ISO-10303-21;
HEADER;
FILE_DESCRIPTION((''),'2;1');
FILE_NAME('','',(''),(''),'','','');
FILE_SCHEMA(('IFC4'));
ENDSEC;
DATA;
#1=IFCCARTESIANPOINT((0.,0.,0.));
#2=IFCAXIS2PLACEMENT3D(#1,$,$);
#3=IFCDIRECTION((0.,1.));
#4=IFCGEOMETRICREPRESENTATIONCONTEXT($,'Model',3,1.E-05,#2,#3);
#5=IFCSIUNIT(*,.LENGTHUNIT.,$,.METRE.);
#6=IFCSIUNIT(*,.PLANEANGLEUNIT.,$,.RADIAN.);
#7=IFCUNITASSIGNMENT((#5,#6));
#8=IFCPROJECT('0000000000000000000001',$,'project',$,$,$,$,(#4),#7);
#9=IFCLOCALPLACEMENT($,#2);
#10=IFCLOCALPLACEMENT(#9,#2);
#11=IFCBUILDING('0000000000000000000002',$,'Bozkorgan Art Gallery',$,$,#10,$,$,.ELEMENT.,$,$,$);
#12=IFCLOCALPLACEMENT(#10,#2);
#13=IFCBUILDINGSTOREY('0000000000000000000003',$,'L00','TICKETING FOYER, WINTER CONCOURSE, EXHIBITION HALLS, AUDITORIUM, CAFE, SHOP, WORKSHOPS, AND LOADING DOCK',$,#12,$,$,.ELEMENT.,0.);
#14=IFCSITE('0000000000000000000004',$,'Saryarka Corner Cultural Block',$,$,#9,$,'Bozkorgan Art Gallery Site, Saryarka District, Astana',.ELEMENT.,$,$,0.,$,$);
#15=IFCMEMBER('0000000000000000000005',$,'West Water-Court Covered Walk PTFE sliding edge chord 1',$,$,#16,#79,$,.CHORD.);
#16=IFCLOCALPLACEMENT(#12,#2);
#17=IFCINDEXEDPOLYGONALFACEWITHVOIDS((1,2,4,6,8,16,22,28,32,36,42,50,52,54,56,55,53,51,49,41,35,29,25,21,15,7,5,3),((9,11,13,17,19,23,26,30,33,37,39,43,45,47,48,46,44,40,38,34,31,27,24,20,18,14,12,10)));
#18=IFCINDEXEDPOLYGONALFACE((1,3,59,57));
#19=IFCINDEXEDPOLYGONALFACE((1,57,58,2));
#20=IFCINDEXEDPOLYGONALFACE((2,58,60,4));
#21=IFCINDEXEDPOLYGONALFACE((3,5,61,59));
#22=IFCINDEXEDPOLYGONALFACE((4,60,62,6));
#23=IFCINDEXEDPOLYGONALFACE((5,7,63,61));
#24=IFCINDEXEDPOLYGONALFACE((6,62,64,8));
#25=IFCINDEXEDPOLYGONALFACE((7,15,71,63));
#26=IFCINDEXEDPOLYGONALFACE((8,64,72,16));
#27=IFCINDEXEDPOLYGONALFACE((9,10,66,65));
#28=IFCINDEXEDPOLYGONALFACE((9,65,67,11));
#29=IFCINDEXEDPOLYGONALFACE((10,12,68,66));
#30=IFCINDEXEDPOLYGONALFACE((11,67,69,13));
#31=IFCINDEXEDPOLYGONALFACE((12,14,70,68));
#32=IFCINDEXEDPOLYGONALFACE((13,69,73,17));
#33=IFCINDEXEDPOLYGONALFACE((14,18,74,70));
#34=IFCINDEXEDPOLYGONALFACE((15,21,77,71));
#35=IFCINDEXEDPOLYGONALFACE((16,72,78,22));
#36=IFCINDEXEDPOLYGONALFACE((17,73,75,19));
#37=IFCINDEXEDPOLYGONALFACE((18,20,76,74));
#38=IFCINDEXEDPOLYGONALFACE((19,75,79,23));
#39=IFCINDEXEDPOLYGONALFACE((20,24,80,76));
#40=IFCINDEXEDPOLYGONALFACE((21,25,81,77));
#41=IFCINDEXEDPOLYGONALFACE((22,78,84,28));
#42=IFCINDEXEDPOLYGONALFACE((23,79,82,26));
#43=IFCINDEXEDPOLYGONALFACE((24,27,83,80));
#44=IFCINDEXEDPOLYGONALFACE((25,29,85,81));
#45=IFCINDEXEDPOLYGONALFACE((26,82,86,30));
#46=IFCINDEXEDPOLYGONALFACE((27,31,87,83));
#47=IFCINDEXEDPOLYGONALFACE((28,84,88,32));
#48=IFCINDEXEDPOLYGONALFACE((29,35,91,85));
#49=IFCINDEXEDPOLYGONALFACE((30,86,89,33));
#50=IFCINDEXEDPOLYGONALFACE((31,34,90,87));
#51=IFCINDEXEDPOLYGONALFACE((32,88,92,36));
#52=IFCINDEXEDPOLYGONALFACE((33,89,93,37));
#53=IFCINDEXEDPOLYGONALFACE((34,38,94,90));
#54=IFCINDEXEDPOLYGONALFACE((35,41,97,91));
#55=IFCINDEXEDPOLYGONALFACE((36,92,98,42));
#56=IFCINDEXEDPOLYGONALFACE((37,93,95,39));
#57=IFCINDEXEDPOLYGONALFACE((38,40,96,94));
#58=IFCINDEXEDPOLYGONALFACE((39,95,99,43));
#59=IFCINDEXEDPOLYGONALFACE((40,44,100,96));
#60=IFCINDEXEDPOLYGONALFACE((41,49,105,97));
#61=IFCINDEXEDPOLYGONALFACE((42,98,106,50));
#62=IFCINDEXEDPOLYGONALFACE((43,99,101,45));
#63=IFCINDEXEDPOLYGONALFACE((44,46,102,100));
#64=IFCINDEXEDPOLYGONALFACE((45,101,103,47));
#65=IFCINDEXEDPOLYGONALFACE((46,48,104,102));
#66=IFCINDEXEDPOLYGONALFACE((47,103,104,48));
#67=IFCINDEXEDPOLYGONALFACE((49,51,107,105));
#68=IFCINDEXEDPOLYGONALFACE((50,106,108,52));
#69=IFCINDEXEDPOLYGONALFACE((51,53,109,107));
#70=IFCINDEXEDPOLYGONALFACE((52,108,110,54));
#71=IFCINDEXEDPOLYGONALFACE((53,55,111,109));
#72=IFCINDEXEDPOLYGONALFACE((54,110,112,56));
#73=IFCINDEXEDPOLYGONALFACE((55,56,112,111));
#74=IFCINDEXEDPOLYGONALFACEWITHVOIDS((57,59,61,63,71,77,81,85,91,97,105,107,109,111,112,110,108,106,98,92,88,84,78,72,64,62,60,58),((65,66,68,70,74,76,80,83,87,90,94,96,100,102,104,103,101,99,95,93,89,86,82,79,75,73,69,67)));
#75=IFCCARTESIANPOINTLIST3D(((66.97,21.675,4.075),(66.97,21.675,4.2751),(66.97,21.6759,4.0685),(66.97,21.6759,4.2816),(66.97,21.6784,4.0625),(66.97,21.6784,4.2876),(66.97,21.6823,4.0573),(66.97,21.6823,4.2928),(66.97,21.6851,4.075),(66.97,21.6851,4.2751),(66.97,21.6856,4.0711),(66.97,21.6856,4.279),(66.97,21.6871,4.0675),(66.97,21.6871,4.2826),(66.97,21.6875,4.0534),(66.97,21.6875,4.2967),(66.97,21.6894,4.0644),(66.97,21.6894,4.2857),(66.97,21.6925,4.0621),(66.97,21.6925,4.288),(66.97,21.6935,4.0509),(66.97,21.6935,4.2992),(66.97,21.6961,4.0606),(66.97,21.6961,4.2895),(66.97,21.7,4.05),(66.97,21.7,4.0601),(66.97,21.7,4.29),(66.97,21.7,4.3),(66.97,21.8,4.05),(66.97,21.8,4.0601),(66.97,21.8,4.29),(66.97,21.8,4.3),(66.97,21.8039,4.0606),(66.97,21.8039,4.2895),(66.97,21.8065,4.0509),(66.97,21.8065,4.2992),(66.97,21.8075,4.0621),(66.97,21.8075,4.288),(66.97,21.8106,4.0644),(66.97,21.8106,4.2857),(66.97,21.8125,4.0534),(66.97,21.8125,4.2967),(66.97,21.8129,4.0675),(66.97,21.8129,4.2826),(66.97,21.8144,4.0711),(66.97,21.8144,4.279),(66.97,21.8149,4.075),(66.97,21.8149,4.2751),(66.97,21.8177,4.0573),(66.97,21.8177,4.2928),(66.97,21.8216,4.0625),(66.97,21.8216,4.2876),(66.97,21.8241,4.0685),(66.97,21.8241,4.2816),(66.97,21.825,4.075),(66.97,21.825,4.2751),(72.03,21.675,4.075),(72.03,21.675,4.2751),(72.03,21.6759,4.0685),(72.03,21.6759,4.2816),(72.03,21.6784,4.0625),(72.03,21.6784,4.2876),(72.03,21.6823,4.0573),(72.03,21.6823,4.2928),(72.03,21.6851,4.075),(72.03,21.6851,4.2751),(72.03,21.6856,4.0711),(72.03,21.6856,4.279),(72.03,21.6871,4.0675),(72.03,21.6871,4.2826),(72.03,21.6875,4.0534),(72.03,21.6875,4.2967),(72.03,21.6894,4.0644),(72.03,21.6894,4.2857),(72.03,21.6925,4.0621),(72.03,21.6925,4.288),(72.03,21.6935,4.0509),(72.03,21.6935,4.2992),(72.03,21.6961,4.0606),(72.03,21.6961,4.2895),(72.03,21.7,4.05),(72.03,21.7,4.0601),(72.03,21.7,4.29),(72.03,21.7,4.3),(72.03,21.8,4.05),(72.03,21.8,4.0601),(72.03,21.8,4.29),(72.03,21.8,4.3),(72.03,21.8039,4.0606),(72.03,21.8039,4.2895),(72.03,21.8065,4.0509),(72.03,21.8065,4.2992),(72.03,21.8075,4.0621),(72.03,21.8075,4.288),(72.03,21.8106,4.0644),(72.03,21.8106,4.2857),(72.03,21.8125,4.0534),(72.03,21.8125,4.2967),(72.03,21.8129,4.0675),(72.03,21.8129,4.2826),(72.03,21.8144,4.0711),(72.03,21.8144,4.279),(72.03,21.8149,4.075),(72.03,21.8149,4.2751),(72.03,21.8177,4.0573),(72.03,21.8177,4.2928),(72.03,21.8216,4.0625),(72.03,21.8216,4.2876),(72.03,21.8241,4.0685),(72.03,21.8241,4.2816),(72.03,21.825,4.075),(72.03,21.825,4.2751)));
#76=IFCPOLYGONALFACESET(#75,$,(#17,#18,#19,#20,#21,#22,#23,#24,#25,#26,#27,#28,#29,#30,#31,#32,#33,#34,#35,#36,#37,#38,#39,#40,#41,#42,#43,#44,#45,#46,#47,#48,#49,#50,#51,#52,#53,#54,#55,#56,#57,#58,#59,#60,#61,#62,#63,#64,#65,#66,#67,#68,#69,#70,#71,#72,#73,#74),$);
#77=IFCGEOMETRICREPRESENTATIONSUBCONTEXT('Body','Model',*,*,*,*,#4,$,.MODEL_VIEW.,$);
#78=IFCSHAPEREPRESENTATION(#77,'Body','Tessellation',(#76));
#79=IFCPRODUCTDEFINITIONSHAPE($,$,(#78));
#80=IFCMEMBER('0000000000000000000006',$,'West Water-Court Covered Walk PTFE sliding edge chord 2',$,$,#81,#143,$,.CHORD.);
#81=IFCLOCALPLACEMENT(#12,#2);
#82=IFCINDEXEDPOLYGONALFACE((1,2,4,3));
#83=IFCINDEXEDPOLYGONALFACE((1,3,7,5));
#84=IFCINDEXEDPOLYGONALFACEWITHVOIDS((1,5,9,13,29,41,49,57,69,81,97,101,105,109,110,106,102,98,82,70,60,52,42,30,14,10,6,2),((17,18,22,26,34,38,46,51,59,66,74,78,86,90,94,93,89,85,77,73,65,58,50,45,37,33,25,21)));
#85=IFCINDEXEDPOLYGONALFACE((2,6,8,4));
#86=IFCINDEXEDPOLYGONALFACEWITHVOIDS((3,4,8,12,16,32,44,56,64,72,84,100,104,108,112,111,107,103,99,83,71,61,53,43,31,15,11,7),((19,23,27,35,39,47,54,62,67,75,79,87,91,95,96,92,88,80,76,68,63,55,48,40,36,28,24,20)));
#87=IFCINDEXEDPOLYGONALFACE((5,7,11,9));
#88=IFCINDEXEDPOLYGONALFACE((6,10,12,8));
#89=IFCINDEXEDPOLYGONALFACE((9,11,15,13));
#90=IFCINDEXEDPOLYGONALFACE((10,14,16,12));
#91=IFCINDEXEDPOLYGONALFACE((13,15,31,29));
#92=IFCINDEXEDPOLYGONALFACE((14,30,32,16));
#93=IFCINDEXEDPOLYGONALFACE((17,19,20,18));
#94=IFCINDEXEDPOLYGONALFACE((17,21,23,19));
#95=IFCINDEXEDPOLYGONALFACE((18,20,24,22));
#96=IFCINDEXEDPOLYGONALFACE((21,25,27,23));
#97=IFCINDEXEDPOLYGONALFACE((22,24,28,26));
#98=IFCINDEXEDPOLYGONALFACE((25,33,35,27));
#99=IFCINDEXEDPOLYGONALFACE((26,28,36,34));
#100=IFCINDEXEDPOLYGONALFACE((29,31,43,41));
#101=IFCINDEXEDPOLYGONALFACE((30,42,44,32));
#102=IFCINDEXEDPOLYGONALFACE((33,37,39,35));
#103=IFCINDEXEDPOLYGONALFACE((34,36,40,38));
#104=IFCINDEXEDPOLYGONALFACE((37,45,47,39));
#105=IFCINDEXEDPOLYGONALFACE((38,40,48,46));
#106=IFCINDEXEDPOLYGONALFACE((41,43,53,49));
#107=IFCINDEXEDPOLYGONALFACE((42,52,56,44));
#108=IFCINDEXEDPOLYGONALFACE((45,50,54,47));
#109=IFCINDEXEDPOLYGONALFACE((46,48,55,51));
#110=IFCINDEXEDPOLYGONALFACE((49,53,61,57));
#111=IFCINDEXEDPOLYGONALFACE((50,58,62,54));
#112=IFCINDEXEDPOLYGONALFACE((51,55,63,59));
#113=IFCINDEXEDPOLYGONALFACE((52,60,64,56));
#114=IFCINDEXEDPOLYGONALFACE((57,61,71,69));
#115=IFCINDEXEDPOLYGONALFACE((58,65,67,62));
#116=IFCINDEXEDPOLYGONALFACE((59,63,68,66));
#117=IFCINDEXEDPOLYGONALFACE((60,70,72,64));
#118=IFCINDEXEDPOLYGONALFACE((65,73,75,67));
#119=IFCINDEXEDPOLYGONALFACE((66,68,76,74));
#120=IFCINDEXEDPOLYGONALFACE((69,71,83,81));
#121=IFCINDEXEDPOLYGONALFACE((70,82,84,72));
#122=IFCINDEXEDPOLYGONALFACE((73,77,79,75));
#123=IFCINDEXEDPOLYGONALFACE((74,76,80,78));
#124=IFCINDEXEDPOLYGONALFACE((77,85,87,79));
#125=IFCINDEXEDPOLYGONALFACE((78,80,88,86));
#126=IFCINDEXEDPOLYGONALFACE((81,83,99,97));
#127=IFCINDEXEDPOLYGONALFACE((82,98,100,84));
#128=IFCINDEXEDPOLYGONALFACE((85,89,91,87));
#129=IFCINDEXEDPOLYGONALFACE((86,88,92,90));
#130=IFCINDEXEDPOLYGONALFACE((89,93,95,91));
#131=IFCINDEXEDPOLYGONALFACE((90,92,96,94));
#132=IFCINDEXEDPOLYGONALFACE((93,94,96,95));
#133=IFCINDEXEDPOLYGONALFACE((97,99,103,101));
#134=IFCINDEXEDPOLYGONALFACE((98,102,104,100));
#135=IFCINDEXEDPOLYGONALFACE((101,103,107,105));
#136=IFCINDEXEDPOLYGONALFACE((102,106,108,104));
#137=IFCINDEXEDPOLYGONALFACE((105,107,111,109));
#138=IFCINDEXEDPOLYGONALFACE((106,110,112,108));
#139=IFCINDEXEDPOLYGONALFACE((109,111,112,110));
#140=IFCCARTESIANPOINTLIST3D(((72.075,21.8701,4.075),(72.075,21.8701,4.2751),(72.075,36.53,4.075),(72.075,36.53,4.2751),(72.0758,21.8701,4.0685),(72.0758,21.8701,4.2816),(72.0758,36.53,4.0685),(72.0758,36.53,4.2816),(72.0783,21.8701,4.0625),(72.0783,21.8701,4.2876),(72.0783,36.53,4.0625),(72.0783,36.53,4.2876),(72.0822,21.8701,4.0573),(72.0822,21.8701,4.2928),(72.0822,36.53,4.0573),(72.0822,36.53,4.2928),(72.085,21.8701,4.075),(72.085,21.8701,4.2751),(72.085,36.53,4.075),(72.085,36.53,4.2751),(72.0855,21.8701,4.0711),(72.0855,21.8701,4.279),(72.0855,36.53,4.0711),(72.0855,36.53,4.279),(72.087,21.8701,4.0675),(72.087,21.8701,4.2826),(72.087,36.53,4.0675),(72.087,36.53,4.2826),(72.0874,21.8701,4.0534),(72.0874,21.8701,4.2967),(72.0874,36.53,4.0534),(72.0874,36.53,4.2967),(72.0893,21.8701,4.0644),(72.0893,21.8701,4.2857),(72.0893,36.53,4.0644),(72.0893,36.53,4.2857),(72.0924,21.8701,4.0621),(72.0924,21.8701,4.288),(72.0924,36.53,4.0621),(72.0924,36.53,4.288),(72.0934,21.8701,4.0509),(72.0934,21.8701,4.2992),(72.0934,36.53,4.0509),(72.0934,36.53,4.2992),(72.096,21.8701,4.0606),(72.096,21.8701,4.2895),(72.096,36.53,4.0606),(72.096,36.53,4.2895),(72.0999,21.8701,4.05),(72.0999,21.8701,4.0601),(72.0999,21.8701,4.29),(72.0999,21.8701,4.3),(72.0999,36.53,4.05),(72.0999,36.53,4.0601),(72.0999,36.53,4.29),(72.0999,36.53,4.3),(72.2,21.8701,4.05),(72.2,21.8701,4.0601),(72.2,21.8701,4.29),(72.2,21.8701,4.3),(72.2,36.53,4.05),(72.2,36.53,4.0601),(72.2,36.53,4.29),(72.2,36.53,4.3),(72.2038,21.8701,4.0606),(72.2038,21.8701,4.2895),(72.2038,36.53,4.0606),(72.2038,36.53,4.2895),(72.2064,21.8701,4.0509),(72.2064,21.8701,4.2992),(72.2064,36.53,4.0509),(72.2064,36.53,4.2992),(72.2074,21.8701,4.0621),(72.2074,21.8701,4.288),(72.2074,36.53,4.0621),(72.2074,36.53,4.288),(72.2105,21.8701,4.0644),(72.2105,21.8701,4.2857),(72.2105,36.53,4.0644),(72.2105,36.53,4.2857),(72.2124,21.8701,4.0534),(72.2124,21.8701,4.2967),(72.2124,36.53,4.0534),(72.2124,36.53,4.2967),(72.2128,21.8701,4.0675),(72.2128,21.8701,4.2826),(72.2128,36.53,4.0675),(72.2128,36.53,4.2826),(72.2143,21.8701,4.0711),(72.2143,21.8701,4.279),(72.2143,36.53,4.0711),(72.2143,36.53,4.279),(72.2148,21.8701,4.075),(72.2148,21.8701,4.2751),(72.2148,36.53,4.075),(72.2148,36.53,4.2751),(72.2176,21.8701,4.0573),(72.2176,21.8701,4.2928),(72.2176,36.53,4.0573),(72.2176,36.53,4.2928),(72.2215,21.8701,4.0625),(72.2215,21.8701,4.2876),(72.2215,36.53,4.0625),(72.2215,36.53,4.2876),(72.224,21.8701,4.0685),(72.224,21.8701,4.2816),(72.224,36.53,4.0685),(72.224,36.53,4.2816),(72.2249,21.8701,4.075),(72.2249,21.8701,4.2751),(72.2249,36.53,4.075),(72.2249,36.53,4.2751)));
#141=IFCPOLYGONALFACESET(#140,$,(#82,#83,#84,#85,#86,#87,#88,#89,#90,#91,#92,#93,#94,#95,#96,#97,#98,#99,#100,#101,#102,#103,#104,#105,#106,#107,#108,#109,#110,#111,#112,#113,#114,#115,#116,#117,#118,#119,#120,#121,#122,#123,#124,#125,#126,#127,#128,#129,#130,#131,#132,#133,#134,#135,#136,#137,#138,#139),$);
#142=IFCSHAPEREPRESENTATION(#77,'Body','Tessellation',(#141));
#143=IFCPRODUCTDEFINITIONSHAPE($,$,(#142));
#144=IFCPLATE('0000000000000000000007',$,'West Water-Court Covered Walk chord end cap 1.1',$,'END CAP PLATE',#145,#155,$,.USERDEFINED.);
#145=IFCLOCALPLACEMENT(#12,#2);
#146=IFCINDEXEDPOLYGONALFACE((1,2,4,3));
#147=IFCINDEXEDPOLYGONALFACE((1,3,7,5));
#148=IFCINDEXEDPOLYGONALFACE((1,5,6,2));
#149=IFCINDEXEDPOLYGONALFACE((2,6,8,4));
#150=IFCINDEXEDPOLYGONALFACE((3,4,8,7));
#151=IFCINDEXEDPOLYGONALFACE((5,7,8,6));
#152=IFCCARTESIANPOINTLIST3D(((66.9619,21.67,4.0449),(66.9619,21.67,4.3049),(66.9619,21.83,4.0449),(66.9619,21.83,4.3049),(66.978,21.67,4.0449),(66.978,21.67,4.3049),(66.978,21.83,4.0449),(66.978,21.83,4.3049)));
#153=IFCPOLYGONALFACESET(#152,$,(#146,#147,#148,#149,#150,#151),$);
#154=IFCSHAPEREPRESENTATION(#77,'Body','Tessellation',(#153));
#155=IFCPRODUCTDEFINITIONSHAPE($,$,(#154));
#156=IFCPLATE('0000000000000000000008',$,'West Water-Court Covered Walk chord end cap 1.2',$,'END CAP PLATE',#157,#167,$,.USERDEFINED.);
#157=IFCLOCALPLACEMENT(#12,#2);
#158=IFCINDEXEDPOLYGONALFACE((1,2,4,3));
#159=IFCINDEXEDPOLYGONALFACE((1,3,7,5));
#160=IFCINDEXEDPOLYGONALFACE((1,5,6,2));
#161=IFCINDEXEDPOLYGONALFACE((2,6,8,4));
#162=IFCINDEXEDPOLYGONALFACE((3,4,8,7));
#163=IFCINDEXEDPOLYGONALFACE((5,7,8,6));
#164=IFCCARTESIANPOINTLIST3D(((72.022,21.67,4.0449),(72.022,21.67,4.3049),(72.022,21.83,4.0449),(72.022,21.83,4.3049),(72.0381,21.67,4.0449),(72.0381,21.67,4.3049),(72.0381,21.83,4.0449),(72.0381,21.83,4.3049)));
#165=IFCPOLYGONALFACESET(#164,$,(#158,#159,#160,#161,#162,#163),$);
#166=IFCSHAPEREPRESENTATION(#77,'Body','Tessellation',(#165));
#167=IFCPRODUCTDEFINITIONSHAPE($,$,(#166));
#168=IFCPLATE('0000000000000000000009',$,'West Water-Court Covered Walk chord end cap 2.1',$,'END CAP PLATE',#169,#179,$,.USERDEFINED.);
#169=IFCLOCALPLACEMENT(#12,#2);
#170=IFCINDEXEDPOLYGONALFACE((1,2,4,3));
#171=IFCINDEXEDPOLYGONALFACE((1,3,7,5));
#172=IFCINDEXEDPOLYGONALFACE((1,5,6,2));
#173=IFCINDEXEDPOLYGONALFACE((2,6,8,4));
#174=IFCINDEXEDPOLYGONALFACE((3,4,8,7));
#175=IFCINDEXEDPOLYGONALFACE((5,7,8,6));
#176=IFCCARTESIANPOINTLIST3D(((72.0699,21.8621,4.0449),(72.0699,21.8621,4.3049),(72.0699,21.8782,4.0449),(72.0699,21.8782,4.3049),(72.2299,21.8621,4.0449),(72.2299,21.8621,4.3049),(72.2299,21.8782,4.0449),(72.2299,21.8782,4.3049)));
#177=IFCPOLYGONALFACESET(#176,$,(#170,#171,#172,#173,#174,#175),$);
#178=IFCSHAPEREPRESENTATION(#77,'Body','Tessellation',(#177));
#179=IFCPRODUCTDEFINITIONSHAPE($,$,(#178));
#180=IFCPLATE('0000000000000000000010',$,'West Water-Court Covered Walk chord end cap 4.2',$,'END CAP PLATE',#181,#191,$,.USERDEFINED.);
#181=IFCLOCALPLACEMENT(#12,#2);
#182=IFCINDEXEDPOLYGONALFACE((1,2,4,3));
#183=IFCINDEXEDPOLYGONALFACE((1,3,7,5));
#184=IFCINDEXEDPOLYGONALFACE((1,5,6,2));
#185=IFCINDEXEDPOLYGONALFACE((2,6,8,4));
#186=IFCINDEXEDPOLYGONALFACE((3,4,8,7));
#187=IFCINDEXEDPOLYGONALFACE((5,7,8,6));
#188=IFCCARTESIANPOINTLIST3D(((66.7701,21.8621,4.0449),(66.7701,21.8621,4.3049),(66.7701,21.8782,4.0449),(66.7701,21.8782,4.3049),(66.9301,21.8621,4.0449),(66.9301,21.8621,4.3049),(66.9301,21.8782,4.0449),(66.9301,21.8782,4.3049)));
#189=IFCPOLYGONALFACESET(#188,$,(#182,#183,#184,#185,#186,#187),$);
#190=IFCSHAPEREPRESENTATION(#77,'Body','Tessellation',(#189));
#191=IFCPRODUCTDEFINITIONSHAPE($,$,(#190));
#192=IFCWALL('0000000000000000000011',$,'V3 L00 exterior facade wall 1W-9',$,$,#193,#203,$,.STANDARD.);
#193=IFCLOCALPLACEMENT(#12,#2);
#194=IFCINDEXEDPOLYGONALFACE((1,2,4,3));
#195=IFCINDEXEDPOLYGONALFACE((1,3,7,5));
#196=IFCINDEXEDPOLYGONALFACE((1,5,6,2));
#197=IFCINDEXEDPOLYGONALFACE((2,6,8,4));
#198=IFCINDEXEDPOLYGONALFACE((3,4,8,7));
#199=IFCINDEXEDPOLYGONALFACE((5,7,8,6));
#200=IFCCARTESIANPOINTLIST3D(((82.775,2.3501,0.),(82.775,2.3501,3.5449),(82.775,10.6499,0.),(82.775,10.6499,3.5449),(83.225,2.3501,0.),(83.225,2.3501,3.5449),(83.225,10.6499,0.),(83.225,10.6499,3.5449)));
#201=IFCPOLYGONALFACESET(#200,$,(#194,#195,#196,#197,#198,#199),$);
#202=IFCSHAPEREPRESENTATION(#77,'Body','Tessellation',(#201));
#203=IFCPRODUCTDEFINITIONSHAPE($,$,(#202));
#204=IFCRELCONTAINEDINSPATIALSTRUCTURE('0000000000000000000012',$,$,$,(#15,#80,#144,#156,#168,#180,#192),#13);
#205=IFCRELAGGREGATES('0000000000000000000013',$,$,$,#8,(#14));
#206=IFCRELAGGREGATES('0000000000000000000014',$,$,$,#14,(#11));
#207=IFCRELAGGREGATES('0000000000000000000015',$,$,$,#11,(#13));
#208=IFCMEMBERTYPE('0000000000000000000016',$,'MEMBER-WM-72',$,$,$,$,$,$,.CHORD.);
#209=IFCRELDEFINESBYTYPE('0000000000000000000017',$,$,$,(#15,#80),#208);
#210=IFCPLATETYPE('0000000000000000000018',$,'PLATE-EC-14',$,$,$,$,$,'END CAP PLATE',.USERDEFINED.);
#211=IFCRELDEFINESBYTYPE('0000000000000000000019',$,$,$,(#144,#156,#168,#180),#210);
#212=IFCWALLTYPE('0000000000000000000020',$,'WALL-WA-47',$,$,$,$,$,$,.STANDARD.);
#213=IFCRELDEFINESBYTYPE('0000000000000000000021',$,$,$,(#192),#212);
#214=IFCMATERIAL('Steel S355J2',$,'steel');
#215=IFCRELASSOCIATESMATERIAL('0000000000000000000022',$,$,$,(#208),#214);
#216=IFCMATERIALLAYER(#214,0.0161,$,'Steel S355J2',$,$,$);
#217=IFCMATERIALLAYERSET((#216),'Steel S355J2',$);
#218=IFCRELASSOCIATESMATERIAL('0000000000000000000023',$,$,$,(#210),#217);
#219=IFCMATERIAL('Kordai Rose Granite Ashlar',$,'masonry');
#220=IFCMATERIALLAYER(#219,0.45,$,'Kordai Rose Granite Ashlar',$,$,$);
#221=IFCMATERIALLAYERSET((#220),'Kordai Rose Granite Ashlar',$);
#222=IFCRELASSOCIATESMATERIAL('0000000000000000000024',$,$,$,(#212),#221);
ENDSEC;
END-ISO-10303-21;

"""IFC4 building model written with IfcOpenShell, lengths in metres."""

from ifc_helpers import new_model, si_unit, direction, frame, frame_2d, origin, origin_2d, place, context, subcontext, project, spatial, rectangle, hollow_rectangle, extrude, material, layer, layer_set, material_profile, profile_set, type_object, element, save


model = new_model("IFC4")

# Units and contexts
model_context = context("Model", 3, precision=1e-05, world=origin(), true_north=direction((0.0, 1.0)))
body_context = subcontext(model_context, "Body", "Model", "MODEL_VIEW")
ifc_project = project(units=[si_unit("LENGTHUNIT", "METRE"), si_unit("PLANEANGLEUNIT", "RADIAN")], contexts=[model_context])

# Site, building, storey
site_placement = place(None, origin())
site = spatial("IfcSite", under=ifc_project, at=site_placement, Name="Saryarka Corner Cultural Block", LongName="Bozkorgan Art Gallery Site, Saryarka District, Astana", CompositionType="ELEMENT", RefElevation=0.0)
building_placement = place(site_placement, origin())
building = spatial("IfcBuilding", under=site, at=building_placement, Name="Bozkorgan Art Gallery", CompositionType="ELEMENT")
storey_placement = place(building_placement, origin())
storey = spatial("IfcBuildingStorey", under=building, at=storey_placement, Name="L00", Description="TICKETING FOYER, WINTER CONCOURSE, EXHIBITION HALLS, AUDITORIUM, CAFE, SHOP, WORKSHOPS, AND LOADING DOCK", CompositionType="ELEMENT", Elevation=0.0)

# Shared definitions
ifc_material_1 = material(Name="Steel S355J2", Category="steel")

# Members
ifc_material_profile_1 = material_profile(ifc_material_1, hollow_rectangle(XDim=0.1499, YDim=0.25, WallThickness=0.01, InnerFilletRadius=0.0149, OuterFilletRadius=0.0249, at=origin_2d()), Name="RHS 250x150x10")
ifc_profile_set_1 = profile_set([ifc_material_profile_1], Name="Steel S355J2")
member_type = type_object("IfcMemberType", Name="MEMBER-WM-72", PredefinedType="CHORD", material=ifc_profile_set_1)
member_1_placement = place(storey_placement, frame((66.97, 21.75, 4.175), z_axis=(1.0, 0.0, 0.0), x_axis=(0.0, 1.0, 0.0)))
element("IfcMember", 1, at=member_1_placement, inside=storey, type_object=member_type, Name="West Water-Court Covered Walk PTFE sliding edge chord 1", PredefinedType="CHORD", context=body_context, shape_type="SweptSolid", body=[
    extrude(hollow_rectangle(XDim=0.1499, YDim=0.25, WallThickness=0.01, InnerFilletRadius=0.0149, OuterFilletRadius=0.0249, at=origin_2d()), origin(), (0.0, 0.0, 1.0), 5.0601),
])
member_2_placement = place(storey_placement, frame((72.1499, 21.8701, 4.175), z_axis=(0.0, 1.0, 0.0), x_axis=(-1.0, 0.0, 0.0)))
element("IfcMember", 2, at=member_2_placement, inside=storey, type_object=member_type, Name="West Water-Court Covered Walk PTFE sliding edge chord 2", PredefinedType="CHORD", context=body_context, shape_type="SweptSolid", body=[
    extrude(hollow_rectangle(XDim=0.1499, YDim=0.25, WallThickness=0.01, InnerFilletRadius=0.0149, OuterFilletRadius=0.0249, at=origin_2d()), origin(), (0.0, 0.0, 1.0), 14.6599),
])

# Plates
ifc_layer_1 = layer(ifc_material_1, 0.0161, Name="Steel S355J2")
ifc_layer_set_1 = layer_set([ifc_layer_1], Name="Steel S355J2")
plate_type = type_object("IfcPlateType", Name="PLATE-EC-14", ElementType="END CAP PLATE", PredefinedType="USERDEFINED", material=ifc_layer_set_1)
for number, where, z_axis, x_axis, name in (
    (3, (66.97, 21.75, 4.0449), (0.0, 0.0, 1.0), (1.0, 0.0, 0.0), "West Water-Court Covered Walk chord end cap 1.1"),
    (4, (72.03, 21.75, 4.0449), (0.0, 0.0, 1.0), (1.0, 0.0, 0.0), "West Water-Court Covered Walk chord end cap 1.2"),
    (5, (72.1499, 21.8701, 4.0449), (0.0, 0.0, 1.0), (0.0, 1.0, 0.0), "West Water-Court Covered Walk chord end cap 2.1"),
    (6, (66.8501, 21.8701, 4.0449), (0.0, 0.0, 1.0), (0.0, -1.0, 0.0), "West Water-Court Covered Walk chord end cap 4.2"),
):
    element("IfcPlate", number, at=place(storey_placement, frame(where, z_axis=z_axis, x_axis=x_axis)), inside=storey, type_object=plate_type, Name=name, ObjectType="END CAP PLATE", PredefinedType="USERDEFINED", context=body_context, shape_type="SweptSolid", body=[
        extrude(rectangle(XDim=0.0161, YDim=0.1599, at=origin_2d()), origin(), (0.0, 0.0, 1.0), 0.26),
    ])

# Wall
ifc_material_2 = material(Name="Kordai Rose Granite Ashlar", Category="masonry")
ifc_layer_2 = layer(ifc_material_2, 0.45, Name="Kordai Rose Granite Ashlar")
ifc_layer_set_2 = layer_set([ifc_layer_2], Name="Kordai Rose Granite Ashlar")
wall_type_1 = type_object("IfcWallType", Name="WALL-WA-47", PredefinedType="STANDARD", material=ifc_layer_set_2)
for number, where, z_axis, x_axis, name in (
    (7, (83.0, 2.3501, 0.0), (0.0, 0.0, 1.0), (0.0, 1.0, 0.0), "V3 L00 exterior facade wall 1W-9"),
):
    element("IfcWall", number, at=place(storey_placement, frame(where, z_axis=z_axis, x_axis=x_axis)), inside=storey, type_object=wall_type_1, Name=name, PredefinedType="STANDARD", context=body_context, shape_type="SweptSolid", body=[
        extrude(rectangle(XDim=8.2998, YDim=0.45, at=frame_2d((4.1499, 0.0))), origin(), (0.0, 0.0, 1.0), 3.5449),
    ])

save(model, "model.ifc")
